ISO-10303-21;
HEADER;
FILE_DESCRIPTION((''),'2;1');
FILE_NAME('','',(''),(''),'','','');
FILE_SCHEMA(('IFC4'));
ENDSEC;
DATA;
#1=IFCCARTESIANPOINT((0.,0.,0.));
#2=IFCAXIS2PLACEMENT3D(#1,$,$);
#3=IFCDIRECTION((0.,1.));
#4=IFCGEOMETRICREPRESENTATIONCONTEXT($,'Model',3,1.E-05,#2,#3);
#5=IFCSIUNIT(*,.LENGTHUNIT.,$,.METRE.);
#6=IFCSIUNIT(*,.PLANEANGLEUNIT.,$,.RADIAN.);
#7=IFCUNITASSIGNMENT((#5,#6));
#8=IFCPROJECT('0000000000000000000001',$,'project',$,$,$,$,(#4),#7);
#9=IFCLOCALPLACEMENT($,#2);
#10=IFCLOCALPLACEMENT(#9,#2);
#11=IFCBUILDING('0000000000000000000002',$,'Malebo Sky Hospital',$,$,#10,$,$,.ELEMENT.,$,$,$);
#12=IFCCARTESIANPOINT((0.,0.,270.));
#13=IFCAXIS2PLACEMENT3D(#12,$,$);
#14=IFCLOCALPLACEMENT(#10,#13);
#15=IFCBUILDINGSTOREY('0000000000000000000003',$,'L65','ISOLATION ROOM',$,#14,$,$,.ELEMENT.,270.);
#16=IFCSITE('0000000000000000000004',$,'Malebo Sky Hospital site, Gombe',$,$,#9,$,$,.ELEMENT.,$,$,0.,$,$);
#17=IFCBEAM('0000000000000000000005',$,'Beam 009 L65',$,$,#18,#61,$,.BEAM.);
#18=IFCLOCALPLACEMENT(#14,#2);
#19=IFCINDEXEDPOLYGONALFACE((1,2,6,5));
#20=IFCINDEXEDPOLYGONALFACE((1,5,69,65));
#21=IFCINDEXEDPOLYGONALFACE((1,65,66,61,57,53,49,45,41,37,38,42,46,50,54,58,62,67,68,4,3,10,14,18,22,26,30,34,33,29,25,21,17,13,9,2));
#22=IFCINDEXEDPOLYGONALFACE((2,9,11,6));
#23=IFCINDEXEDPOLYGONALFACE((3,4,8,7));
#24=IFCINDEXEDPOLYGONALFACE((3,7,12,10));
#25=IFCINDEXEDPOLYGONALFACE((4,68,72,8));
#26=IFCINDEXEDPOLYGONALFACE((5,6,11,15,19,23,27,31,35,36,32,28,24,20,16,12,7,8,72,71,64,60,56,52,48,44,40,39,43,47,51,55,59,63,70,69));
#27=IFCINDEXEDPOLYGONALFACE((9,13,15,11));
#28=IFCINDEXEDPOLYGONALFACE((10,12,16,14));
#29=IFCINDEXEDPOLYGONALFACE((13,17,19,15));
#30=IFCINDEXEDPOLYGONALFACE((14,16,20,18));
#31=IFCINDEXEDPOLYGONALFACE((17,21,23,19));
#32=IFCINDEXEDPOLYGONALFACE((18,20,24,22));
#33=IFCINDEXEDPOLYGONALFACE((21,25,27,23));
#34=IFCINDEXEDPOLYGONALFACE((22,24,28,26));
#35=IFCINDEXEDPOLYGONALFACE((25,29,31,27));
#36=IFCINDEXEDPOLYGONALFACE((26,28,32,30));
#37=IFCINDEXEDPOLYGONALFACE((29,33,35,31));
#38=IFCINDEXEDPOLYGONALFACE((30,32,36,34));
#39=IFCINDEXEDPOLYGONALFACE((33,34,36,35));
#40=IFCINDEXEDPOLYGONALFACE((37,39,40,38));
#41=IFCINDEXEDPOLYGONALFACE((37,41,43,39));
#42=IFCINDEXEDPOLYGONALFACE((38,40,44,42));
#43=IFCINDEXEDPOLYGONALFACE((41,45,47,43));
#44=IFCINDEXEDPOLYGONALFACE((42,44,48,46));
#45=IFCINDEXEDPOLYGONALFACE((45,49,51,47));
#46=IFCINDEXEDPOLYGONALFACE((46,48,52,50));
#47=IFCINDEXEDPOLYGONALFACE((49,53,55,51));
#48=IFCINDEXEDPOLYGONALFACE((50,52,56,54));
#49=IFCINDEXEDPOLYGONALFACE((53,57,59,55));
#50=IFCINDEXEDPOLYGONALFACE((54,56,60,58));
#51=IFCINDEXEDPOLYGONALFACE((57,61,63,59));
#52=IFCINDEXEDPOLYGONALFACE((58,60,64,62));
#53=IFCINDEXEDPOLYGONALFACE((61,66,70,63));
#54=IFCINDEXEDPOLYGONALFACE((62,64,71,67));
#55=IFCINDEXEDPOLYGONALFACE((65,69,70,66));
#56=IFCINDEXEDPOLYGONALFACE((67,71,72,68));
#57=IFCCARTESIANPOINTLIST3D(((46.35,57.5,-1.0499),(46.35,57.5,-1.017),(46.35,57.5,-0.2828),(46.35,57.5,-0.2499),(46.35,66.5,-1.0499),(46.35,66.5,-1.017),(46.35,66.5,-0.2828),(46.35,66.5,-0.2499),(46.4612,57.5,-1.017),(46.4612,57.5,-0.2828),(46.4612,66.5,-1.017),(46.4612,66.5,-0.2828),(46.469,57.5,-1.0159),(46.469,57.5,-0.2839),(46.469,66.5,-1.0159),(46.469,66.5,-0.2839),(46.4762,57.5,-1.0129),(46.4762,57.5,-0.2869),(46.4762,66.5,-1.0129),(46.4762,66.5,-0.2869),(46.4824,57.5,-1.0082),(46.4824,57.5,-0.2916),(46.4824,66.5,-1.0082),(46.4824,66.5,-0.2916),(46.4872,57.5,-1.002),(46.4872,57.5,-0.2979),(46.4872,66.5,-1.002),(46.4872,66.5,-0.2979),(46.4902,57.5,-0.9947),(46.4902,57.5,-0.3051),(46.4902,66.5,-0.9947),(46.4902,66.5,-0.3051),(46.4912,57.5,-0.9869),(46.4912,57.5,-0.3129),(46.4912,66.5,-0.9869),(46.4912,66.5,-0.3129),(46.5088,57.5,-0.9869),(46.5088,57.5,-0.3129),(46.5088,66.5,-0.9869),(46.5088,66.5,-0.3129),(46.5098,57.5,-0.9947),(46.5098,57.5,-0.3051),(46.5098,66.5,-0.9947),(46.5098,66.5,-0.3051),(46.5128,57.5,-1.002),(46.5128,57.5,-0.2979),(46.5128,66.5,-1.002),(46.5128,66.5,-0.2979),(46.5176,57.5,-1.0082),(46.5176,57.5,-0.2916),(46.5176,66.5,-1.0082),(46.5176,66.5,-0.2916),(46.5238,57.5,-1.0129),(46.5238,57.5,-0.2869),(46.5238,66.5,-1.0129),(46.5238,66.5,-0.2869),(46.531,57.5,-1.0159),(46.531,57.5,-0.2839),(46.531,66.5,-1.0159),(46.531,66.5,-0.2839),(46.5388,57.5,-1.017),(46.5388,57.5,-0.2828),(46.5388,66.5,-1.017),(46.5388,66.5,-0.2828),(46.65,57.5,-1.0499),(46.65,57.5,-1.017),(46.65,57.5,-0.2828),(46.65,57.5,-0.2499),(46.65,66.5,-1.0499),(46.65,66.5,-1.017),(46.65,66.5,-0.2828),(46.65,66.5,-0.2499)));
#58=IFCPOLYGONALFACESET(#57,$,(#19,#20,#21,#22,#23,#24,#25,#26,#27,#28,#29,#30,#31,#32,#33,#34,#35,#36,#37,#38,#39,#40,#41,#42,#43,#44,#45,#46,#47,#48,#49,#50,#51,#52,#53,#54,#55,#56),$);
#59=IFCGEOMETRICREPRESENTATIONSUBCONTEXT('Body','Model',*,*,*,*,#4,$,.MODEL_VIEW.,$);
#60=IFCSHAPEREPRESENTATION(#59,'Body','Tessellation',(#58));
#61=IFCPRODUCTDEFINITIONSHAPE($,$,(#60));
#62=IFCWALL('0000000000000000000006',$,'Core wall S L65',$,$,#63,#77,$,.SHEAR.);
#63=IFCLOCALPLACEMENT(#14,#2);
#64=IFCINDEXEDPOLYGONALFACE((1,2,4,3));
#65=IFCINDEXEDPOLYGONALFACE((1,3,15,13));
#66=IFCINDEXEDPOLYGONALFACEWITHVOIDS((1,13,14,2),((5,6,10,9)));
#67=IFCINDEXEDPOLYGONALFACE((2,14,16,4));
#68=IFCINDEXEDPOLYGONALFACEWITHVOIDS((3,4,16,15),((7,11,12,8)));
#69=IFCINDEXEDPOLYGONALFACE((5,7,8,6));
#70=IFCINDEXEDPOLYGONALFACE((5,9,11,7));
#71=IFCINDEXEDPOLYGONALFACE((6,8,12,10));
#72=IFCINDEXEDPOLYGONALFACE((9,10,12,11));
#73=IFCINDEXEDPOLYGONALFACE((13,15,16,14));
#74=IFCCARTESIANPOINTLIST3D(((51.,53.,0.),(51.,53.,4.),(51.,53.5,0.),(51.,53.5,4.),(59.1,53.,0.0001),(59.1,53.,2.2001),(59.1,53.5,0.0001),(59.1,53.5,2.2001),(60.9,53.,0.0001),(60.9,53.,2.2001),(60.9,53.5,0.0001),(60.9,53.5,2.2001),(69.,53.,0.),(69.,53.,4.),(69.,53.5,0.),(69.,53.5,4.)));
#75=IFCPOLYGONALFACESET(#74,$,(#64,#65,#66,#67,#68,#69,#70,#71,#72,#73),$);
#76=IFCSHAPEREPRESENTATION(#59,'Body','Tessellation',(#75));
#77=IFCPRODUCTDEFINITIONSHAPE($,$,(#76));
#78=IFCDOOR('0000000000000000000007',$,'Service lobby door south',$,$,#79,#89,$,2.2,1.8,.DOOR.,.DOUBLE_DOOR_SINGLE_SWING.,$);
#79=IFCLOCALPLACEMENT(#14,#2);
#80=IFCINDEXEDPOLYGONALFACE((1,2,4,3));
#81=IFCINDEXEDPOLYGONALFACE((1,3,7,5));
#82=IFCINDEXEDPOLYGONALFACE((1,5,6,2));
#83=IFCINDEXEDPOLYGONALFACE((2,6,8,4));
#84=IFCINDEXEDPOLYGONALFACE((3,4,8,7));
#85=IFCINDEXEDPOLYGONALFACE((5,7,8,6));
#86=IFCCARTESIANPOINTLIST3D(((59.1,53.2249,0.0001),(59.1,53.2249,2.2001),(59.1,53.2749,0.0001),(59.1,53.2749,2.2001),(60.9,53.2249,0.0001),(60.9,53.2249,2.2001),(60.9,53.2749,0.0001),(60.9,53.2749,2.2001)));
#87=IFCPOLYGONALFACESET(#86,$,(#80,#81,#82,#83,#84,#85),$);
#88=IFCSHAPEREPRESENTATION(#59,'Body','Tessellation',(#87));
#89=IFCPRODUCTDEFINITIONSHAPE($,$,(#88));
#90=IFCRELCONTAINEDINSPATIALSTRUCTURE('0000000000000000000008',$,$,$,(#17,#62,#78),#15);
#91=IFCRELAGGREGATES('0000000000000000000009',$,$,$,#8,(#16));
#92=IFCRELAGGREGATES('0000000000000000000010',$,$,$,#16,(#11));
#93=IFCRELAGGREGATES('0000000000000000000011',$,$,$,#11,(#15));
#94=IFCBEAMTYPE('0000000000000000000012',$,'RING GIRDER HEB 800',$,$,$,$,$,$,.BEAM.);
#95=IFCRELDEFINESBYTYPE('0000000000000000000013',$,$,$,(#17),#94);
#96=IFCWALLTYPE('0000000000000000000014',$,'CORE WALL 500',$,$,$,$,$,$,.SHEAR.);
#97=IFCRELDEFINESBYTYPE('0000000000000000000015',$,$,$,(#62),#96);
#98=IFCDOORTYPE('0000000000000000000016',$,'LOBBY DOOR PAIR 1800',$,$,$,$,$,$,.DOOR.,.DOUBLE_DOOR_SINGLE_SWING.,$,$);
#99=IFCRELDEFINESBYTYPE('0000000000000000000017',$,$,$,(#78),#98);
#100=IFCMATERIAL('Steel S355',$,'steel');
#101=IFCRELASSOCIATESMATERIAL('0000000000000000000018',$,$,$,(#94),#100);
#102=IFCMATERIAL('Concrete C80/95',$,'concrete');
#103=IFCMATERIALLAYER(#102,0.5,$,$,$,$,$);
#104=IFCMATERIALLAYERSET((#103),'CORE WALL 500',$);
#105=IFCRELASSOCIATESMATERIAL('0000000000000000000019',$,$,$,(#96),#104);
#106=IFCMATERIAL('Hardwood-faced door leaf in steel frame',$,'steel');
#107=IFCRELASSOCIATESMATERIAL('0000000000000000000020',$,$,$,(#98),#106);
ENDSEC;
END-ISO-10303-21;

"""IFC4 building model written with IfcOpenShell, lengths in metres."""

from ifc_helpers import new_model, si_unit, direction, frame, frame_2d, origin, origin_2d, place, context, subcontext, project, spatial, rectangle, i_section, extrude, material, layer, layer_set, material_profile, profile_set, type_object, element, fill, save


model = new_model("IFC4")

# Units and contexts
model_context = context("Model", 3, precision=1e-05, world=origin(), true_north=direction((0.0, 1.0)))
body_context = subcontext(model_context, "Body", "Model", "MODEL_VIEW")
ifc_project = project(units=[si_unit("LENGTHUNIT", "METRE"), si_unit("PLANEANGLEUNIT", "RADIAN")], contexts=[model_context])

# Site, building, storey
site_placement = place(None, origin())
site = spatial("IfcSite", under=ifc_project, at=site_placement, Name="Malebo Sky Hospital site, Gombe", CompositionType="ELEMENT", RefElevation=0.0)
building_placement = place(site_placement, origin())
building = spatial("IfcBuilding", under=site, at=building_placement, Name="Malebo Sky Hospital", CompositionType="ELEMENT")
storey_placement = place(building_placement, frame((0.0, 0.0, 270.0)))
storey = spatial("IfcBuildingStorey", under=building, at=storey_placement, Name="L65", Description="ISOLATION ROOM", CompositionType="ELEMENT", Elevation=270.0)

# Beam
ifc_material_1 = material(Name="Steel S355", Category="steel")
ifc_material_profile_1 = material_profile(ifc_material_1, i_section(OverallWidth=0.3, OverallDepth=0.8, WebThickness=0.0176, FlangeThickness=0.033, FilletRadius=0.03, at=origin_2d()), Name="HEB 800")
ifc_profile_set_1 = profile_set([ifc_material_profile_1], Name="Steel S355")
beam_type_1 = type_object("IfcBeamType", Name="RING GIRDER HEB 800", PredefinedType="BEAM", material=ifc_profile_set_1)
beam_1_placement = place(storey_placement, frame((46.5, 57.5, -0.6499), z_axis=(0.0, 1.0, 0.0), x_axis=(-1.0, 0.0, 0.0)))
element("IfcBeam", 1, at=beam_1_placement, inside=storey, type_object=beam_type_1, Name="Beam 009 L65", PredefinedType="BEAM", context=body_context, shape_type="SweptSolid", body=[
    extrude(i_section(OverallWidth=0.3, OverallDepth=0.8, WebThickness=0.0176, FlangeThickness=0.033, FilletRadius=0.03, at=origin_2d()), origin(), (0.0, 0.0, 1.0), 9.0),
])

# Wall, opening, door
ifc_material_2 = material(Name="Concrete C80/95", Category="concrete")
ifc_layer_1 = layer(ifc_material_2, 0.5)
ifc_layer_set_1 = layer_set([ifc_layer_1], Name="CORE WALL 500")
wall_type_1 = type_object("IfcWallType", Name="CORE WALL 500", PredefinedType="SHEAR", material=ifc_layer_set_1)
wall_1_placement = place(storey_placement, frame((51.0, 53.25, 0.0), z_axis=(0.0, 0.0, 1.0), x_axis=(1.0, 0.0, 0.0)))
wall_1 = element("IfcWall", 2, at=wall_1_placement, inside=storey, type_object=wall_type_1, Name="Core wall S L65", PredefinedType="SHEAR", context=body_context, shape_type="SweptSolid", body=[
    extrude(rectangle(XDim=18.0, YDim=0.5, at=frame_2d((9.0, 0.0))), origin(), (0.0, 0.0, 1.0), 4.0),
])
opening_1_placement = place(wall_1_placement, frame((8.1001, 0.0, 0.0)))
opening_1 = element("IfcOpeningElement", 3, at=opening_1_placement, cuts=wall_1, PredefinedType="OPENING", context=body_context, shape_type="SweptSolid", body=[
    extrude(rectangle(XDim=1.8, YDim=2.2, at=frame_2d((0.8999, 1.1001))), frame((0.0, 0.26, 0.0), z_axis=(0.0, -1.0, 0.0), x_axis=(1.0, 0.0, 0.0)), (0.0, 0.0, 1.0), 0.52),
])
ifc_material_3 = material(Name="Hardwood-faced door leaf in steel frame", Category="steel")
door_type_1 = type_object("IfcDoorType", Name="LOBBY DOOR PAIR 1800", OperationType="DOUBLE_DOOR_SINGLE_SWING", PredefinedType="DOOR", material=ifc_material_3)
door_1_placement = place(opening_1_placement, origin())
door_1 = element("IfcDoor", 4, at=door_1_placement, inside=storey, type_object=door_type_1, Name="Service lobby door south", OperationType="DOUBLE_DOOR_SINGLE_SWING", OverallHeight=2.2, OverallWidth=1.8, PredefinedType="DOOR", context=body_context, shape_type="SweptSolid", body=[
    extrude(rectangle(XDim=1.8, YDim=2.2, at=frame_2d((0.8999, 1.1001))), frame((0.0, 0.0249, 0.0), z_axis=(0.0, -1.0, 0.0), x_axis=(1.0, 0.0, 0.0)), (0.0, 0.0, 1.0), 0.05),
])
fill(opening_1, door_1)

save(model, "model.ifc")
